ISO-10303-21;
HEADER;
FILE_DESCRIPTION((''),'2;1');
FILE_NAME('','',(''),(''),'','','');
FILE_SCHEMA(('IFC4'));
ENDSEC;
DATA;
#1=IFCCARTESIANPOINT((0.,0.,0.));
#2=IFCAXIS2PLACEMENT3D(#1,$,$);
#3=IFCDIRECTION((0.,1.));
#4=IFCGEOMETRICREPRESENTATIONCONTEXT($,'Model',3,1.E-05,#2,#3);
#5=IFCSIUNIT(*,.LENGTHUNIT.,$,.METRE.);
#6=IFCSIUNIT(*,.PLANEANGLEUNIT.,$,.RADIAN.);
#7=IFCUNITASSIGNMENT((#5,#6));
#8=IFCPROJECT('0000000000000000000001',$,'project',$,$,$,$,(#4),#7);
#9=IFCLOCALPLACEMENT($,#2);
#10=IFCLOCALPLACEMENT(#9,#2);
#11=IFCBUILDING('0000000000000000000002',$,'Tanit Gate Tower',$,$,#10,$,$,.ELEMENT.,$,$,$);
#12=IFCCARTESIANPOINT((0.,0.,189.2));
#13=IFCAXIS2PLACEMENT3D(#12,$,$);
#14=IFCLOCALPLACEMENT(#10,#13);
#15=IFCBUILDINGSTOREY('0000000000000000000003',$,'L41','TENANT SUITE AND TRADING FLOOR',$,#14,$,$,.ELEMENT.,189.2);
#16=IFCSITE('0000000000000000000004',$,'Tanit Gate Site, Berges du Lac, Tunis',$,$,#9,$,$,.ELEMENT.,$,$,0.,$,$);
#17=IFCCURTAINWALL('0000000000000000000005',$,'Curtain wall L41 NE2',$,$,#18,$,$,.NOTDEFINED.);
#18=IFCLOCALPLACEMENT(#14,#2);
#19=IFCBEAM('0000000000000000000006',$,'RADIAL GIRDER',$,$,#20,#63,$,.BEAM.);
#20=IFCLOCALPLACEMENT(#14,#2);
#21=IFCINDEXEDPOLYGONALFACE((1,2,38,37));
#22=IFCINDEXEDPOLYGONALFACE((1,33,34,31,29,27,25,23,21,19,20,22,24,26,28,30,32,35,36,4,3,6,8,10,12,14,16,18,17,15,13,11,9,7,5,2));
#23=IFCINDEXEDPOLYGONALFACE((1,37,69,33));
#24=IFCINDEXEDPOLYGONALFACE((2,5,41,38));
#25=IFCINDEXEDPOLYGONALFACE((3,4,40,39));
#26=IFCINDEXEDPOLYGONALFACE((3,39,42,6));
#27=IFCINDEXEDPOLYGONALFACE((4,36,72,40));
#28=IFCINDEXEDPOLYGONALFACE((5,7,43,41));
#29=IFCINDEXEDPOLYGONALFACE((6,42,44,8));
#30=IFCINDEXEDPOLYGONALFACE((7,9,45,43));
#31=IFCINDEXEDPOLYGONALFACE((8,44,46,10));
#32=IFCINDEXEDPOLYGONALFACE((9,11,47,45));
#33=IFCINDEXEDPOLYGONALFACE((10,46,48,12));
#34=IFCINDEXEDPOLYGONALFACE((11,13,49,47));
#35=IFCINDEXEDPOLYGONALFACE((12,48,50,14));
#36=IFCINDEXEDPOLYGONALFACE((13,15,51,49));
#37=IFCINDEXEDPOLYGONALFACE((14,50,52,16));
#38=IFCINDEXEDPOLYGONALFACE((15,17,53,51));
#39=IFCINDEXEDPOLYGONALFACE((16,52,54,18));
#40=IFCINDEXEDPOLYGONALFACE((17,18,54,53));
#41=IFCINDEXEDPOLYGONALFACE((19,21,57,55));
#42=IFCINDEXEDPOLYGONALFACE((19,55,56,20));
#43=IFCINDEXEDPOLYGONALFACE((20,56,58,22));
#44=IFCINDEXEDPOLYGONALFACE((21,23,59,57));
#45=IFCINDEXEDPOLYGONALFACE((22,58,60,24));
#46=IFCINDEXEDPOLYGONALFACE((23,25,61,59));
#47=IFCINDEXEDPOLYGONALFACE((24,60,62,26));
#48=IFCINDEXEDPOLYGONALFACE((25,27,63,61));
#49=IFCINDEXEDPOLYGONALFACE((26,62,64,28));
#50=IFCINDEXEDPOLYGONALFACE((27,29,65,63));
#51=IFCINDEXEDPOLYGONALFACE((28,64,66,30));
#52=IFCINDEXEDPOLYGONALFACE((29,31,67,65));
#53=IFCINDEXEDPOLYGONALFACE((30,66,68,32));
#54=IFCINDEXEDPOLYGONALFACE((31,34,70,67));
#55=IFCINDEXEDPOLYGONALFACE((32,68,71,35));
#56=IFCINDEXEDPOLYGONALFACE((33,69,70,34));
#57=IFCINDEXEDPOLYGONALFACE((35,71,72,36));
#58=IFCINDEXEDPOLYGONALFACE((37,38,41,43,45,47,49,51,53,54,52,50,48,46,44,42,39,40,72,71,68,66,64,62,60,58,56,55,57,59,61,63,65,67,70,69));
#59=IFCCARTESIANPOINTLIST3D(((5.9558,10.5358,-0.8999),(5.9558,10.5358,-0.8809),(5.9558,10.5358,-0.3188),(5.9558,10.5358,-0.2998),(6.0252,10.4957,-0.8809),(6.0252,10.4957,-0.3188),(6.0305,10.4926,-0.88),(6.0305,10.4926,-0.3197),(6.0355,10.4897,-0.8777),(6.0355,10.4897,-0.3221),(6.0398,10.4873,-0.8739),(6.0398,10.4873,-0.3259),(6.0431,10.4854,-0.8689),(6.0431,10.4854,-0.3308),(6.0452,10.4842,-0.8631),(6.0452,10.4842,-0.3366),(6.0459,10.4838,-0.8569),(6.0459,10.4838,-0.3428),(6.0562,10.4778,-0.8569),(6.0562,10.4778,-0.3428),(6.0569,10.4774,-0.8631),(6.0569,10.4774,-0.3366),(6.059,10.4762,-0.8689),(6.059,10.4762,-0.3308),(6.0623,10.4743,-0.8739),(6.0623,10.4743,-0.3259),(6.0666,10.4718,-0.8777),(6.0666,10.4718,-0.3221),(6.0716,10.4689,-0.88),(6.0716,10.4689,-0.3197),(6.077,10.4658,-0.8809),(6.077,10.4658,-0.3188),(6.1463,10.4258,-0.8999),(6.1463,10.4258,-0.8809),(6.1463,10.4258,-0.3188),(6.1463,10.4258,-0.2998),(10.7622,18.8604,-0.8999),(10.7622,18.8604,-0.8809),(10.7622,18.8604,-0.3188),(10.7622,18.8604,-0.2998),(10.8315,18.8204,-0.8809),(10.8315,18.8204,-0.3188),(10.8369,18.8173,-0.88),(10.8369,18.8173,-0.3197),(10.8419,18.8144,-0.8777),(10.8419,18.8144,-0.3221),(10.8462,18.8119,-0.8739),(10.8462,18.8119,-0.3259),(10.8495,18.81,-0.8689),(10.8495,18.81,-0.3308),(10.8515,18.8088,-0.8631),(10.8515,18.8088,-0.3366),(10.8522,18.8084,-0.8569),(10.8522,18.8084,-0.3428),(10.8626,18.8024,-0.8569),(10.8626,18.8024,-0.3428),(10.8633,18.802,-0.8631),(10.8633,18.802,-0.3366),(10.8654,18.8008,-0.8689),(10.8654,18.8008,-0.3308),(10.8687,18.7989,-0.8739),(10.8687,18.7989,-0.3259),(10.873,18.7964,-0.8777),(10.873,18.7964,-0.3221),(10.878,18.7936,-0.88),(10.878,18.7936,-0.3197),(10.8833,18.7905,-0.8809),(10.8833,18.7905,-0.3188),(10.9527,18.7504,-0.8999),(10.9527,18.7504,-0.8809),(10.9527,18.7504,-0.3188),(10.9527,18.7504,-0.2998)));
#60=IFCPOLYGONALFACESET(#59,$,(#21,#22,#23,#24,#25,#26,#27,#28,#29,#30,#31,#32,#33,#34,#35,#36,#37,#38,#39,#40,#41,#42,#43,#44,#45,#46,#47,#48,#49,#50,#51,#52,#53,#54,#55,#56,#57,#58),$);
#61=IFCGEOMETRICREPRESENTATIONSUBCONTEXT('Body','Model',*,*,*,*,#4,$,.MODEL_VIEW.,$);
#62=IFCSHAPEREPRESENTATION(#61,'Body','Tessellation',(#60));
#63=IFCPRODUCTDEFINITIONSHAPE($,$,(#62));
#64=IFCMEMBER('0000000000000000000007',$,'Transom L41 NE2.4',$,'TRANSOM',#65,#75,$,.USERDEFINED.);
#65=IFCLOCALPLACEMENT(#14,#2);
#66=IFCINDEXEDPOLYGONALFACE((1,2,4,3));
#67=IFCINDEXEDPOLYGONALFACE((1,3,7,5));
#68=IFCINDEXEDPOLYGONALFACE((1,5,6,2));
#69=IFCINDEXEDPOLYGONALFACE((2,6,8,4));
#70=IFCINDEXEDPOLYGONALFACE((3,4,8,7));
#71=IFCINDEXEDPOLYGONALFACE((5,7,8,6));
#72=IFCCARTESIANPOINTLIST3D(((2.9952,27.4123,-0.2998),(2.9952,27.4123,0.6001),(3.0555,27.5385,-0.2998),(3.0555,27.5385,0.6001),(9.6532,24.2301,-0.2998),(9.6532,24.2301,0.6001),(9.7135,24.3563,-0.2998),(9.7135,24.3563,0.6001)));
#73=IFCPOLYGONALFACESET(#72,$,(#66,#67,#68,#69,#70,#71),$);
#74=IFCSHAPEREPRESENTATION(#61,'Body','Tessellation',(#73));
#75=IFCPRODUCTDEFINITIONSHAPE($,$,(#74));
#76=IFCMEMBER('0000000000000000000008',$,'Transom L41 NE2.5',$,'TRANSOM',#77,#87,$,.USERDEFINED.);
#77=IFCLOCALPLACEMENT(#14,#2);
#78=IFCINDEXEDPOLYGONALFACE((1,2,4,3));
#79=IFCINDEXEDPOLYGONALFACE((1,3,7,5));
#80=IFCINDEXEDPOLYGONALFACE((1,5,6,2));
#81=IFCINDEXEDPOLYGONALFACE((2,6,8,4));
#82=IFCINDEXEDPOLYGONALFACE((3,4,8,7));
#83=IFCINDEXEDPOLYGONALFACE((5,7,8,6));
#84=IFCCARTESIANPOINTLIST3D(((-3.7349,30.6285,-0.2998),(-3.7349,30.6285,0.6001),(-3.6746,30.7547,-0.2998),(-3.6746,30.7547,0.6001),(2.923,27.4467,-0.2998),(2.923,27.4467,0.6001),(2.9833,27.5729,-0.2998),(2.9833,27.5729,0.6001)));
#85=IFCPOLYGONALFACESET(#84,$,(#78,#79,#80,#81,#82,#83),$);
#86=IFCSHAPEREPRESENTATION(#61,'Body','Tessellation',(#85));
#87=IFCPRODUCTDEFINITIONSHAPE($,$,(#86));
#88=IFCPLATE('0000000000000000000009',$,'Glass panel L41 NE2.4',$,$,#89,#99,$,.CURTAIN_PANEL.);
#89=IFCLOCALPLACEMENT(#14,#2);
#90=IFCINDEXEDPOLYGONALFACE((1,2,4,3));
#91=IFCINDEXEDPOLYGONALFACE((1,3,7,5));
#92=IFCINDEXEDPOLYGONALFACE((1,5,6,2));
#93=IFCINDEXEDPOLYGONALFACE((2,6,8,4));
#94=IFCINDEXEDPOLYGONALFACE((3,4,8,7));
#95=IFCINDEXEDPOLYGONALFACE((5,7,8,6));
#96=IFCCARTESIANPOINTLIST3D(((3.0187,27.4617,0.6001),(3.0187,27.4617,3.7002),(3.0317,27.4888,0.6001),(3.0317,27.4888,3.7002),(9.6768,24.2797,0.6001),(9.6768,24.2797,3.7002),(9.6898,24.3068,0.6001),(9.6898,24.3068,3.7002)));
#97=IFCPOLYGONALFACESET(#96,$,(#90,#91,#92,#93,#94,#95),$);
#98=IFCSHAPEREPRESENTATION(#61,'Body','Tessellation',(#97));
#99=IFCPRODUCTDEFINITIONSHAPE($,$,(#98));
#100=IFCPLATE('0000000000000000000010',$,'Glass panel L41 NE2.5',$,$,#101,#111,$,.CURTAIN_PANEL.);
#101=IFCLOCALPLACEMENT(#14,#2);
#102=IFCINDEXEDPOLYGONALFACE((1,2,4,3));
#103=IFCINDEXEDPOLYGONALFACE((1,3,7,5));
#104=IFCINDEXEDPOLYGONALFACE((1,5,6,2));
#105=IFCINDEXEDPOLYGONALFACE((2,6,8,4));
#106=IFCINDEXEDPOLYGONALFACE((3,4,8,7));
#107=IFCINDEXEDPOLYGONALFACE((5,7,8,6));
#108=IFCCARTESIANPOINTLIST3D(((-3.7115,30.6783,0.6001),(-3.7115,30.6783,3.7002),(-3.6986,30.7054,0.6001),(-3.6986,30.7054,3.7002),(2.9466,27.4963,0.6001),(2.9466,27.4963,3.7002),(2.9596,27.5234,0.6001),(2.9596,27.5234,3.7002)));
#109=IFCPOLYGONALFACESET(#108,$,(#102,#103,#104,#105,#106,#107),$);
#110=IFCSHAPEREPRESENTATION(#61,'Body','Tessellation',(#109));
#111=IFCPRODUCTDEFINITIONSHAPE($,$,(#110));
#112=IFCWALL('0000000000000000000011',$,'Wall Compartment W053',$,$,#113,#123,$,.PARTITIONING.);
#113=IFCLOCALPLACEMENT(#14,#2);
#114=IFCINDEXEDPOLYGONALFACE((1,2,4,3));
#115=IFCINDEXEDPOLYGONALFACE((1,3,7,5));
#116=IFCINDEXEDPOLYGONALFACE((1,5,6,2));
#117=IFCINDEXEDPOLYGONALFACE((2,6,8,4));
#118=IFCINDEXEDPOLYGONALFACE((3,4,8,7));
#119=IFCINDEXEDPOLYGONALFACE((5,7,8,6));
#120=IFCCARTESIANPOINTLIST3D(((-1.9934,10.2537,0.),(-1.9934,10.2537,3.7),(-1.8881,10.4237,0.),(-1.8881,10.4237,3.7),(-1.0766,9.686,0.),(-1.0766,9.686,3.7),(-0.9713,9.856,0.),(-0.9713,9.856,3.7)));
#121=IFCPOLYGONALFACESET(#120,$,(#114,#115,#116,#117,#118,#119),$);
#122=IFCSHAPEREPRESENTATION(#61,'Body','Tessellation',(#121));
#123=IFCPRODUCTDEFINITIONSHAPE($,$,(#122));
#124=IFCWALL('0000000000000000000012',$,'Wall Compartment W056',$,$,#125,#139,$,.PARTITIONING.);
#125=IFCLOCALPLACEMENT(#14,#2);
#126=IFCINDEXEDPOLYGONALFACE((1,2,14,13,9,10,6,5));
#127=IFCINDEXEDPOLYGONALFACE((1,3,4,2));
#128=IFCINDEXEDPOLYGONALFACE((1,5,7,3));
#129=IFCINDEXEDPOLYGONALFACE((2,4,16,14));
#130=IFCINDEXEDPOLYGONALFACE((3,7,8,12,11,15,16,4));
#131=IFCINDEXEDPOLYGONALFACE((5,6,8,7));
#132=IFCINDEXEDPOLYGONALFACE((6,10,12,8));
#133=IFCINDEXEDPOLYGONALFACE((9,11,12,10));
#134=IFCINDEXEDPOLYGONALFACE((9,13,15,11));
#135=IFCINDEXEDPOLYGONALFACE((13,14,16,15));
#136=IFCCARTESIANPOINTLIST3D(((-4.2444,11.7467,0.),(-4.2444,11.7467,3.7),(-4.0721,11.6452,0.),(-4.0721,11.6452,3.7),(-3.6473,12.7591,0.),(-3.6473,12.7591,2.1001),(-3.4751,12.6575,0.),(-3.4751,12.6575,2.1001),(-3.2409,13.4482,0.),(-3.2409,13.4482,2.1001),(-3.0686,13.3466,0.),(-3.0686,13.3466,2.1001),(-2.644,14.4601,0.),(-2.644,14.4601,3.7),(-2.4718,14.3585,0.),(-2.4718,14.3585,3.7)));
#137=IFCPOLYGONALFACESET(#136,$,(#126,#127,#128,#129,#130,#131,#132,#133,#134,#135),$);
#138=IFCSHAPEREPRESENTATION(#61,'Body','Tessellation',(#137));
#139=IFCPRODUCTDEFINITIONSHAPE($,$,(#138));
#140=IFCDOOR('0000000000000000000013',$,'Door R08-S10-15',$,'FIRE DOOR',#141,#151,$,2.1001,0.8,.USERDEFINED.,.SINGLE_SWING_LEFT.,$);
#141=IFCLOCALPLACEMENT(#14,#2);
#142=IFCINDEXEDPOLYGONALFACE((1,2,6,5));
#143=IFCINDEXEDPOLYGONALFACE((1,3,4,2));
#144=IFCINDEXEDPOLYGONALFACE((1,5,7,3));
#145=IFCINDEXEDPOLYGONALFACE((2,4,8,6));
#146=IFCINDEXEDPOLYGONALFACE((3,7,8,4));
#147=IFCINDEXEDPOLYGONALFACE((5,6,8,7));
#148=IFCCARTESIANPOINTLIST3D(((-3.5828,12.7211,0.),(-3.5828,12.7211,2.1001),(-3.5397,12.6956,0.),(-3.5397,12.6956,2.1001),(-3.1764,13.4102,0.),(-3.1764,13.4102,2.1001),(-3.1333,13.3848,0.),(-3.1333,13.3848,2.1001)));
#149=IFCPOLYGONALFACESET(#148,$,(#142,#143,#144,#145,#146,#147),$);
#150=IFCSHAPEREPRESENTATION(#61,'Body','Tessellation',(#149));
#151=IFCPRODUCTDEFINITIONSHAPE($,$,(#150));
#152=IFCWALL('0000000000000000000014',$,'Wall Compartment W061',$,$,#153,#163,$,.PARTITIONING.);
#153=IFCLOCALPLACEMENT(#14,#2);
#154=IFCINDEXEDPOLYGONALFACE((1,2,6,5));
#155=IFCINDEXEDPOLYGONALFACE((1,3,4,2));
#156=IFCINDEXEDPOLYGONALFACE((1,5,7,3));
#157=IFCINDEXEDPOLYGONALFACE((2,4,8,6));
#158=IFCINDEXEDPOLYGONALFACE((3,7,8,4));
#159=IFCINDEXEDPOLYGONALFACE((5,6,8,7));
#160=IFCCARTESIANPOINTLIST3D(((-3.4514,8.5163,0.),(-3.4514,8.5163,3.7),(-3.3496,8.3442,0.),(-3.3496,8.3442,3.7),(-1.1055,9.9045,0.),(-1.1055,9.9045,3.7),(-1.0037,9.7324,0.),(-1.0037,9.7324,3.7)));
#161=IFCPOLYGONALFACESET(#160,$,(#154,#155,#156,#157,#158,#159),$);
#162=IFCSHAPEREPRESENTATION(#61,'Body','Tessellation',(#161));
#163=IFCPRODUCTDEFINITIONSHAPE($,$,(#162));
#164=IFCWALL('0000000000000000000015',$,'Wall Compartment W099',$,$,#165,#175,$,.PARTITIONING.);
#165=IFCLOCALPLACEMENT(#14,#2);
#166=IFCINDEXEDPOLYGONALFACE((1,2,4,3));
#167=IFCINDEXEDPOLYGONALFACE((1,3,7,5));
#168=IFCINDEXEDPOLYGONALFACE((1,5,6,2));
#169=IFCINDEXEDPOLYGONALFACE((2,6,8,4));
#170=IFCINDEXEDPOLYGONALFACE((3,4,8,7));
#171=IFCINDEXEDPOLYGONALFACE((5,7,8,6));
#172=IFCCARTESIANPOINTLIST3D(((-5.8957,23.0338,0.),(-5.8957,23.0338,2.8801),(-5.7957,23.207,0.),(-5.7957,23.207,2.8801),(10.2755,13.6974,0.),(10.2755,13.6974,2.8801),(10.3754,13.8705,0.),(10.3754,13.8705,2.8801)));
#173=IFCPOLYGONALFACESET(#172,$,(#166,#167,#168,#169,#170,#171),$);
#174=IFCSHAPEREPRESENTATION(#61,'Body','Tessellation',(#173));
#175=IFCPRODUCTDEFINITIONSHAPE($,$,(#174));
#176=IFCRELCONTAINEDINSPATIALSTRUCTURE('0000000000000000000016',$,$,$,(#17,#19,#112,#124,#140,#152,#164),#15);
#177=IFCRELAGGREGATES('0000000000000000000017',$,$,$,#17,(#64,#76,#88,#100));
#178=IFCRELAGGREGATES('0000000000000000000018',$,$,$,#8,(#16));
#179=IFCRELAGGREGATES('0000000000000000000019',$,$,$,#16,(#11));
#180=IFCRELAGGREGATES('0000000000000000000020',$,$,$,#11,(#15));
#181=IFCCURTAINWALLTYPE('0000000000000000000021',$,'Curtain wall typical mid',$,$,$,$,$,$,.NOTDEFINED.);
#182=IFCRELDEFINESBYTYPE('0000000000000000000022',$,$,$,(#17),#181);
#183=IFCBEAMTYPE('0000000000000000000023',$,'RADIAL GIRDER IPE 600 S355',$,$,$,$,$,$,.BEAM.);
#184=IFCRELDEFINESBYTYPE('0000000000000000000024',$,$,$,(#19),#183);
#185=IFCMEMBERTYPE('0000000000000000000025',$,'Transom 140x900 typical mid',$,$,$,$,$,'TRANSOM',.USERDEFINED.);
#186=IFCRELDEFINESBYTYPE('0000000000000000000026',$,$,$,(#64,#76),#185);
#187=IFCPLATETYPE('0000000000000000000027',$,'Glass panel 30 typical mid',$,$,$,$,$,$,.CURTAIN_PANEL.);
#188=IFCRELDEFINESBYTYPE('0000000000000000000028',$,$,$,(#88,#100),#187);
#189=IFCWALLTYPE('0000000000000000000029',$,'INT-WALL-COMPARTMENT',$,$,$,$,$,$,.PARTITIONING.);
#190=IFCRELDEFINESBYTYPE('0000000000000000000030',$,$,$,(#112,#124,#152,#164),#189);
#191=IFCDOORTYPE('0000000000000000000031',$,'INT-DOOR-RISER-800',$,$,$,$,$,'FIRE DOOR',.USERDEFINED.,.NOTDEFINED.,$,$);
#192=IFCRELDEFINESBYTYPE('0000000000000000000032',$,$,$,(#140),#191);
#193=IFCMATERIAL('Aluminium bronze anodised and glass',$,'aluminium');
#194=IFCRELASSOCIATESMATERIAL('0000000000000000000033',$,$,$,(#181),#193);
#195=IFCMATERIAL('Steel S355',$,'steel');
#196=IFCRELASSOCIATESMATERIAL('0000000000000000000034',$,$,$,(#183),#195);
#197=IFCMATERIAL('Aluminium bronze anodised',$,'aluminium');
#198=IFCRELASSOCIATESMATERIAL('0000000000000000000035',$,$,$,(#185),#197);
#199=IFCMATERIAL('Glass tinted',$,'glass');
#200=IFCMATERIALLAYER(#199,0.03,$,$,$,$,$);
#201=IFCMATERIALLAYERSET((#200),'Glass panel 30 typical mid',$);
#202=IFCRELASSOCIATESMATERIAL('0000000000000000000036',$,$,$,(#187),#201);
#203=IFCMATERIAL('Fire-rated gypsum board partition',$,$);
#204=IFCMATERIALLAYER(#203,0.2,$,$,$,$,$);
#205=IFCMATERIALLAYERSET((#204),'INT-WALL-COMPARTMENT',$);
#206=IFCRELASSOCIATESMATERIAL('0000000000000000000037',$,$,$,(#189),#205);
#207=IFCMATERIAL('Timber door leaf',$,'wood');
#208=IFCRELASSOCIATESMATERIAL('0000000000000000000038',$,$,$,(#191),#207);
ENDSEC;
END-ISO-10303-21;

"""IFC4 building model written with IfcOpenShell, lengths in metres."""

from ifc_helpers import new_model, si_unit, direction, frame, frame_2d, origin, origin_2d, place, context, subcontext, project, spatial, rectangle, i_section, extrude, material, layer, layer_set, material_profile, profile_set, type_object, element, fill, aggregate, save


model = new_model("IFC4")

# Units and contexts
model_context = context("Model", 3, precision=1e-05, world=origin(), true_north=direction((0.0, 1.0)))
body_context = subcontext(model_context, "Body", "Model", "MODEL_VIEW")
ifc_project = project(units=[si_unit("LENGTHUNIT", "METRE"), si_unit("PLANEANGLEUNIT", "RADIAN")], contexts=[model_context])

# Site, building, storey
site_placement = place(None, origin())
site = spatial("IfcSite", under=ifc_project, at=site_placement, Name="Tanit Gate Site, Berges du Lac, Tunis", CompositionType="ELEMENT", RefElevation=0.0)
building_placement = place(site_placement, origin())
building = spatial("IfcBuilding", under=site, at=building_placement, Name="Tanit Gate Tower", CompositionType="ELEMENT")
storey_placement = place(building_placement, frame((0.0, 0.0, 189.2)))
storey = spatial("IfcBuildingStorey", under=building, at=storey_placement, Name="L41", Description="TENANT SUITE AND TRADING FLOOR", CompositionType="ELEMENT", Elevation=189.2)

# Curtain wall
ifc_material_1 = material(Name="Aluminium bronze anodised and glass", Category="aluminium")
curtain_wall_type = type_object("IfcCurtainWallType", Name="Curtain wall typical mid", PredefinedType="NOTDEFINED", material=ifc_material_1)
curtain_wall_placement = place(storey_placement, origin())
curtain_wall = element("IfcCurtainWall", 1, at=curtain_wall_placement, inside=storey, type_object=curtain_wall_type, Name="Curtain wall L41 NE2", PredefinedType="NOTDEFINED")

# Beam
ifc_material_2 = material(Name="Steel S355", Category="steel")
ifc_material_profile_1 = material_profile(ifc_material_2, i_section(OverallWidth=0.22, OverallDepth=0.6001, WebThickness=0.012, FlangeThickness=0.019, FilletRadius=0.0239, at=origin_2d()), Name="IPE 600")
ifc_profile_set_1 = profile_set([ifc_material_profile_1], Name="Steel S355")
beam_type_1 = type_object("IfcBeamType", Name="RADIAL GIRDER IPE 600 S355", PredefinedType="BEAM", material=ifc_profile_set_1)
beam_1_placement = place(storey_placement, frame((10.8574, 18.8054, -0.5999), z_axis=(-0.50001, -0.86602, 0.0), x_axis=(0.86602, -0.50001, 0.0)))
element("IfcBeam", 2, at=beam_1_placement, inside=storey, type_object=beam_type_1, Name="RADIAL GIRDER", PredefinedType="BEAM", context=body_context, shape_type="SweptSolid", body=[
    extrude(i_section(OverallWidth=0.22, OverallDepth=0.6001, WebThickness=0.012, FlangeThickness=0.019, FilletRadius=0.0239, at=origin_2d()), origin(), (0.0, 0.0, 1.0), 9.6125),
])

# Members
ifc_material_3 = material(Name="Aluminium bronze anodised", Category="aluminium")
ifc_material_profile_2 = material_profile(ifc_material_3, rectangle(XDim=0.1399, YDim=0.8999, at=origin_2d()), Name="140x900 bronze transom")
ifc_profile_set_2 = profile_set([ifc_material_profile_2], Name="Aluminium bronze anodised")
member_type_1 = type_object("IfcMemberType", Name="Transom 140x900 typical mid", ElementType="TRANSOM", PredefinedType="USERDEFINED", material=ifc_profile_set_2)
member_1_placement = place(storey_placement, frame((9.6833, 24.2932, 0.1501), z_axis=(-0.902246, 0.431223, 0.0), x_axis=(-0.431223, -0.902246, 0.0)))
member_1 = element("IfcMember", 3, at=member_1_placement, type_object=member_type_1, Name="Transom L41 NE2.4", ObjectType="TRANSOM", PredefinedType="USERDEFINED", context=body_context, shape_type="SweptSolid", body=[
    extrude(rectangle(XDim=0.1399, YDim=0.8999, at=origin_2d()), origin(), (0.0, 0.0, 1.0), 7.3794),
])
member_2_placement = place(storey_placement, frame((2.9531, 27.5098, 0.1501), z_axis=(-0.902258, 0.431196, 0.0), x_axis=(-0.431196, -0.902258, 0.0)))
member_2 = element("IfcMember", 4, at=member_2_placement, type_object=member_type_1, Name="Transom L41 NE2.5", ObjectType="TRANSOM", PredefinedType="USERDEFINED", context=body_context, shape_type="SweptSolid", body=[
    extrude(rectangle(XDim=0.1399, YDim=0.8999, at=origin_2d()), origin(), (0.0, 0.0, 1.0), 7.3792),
])

# Plates
ifc_material_4 = material(Name="Glass tinted", Category="glass")
ifc_layer_1 = layer(ifc_material_4, 0.03)
ifc_layer_set_1 = layer_set([ifc_layer_1], Name="Glass panel 30 typical mid")
plate_type = type_object("IfcPlateType", Name="Glass panel 30 typical mid", PredefinedType="CURTAIN_PANEL", material=ifc_layer_set_1)
plate_1_placement = place(storey_placement, frame((6.3542, 25.8843, 0.6001), z_axis=(0.0, 0.0, 1.0), x_axis=(-0.902258, 0.431197, 0.0)))
plate_1 = element("IfcPlate", 5, at=plate_1_placement, type_object=plate_type, Name="Glass panel L41 NE2.4", PredefinedType="CURTAIN_PANEL", context=body_context, shape_type="SweptSolid", body=[
    extrude(rectangle(XDim=7.3794, YDim=0.03, at=origin_2d()), origin(), (0.0, 0.0, 1.0), 3.1001),
])
plate_2_placement = place(storey_placement, frame((-0.376, 29.1008, 0.6001), z_axis=(0.0, 0.0, 1.0), x_axis=(-0.902258, 0.431197, 0.0)))
plate_2 = element("IfcPlate", 6, at=plate_2_placement, type_object=plate_type, Name="Glass panel L41 NE2.5", PredefinedType="CURTAIN_PANEL", context=body_context, shape_type="SweptSolid", body=[
    extrude(rectangle(XDim=7.3794, YDim=0.03, at=origin_2d()), origin(), (0.0, 0.0, 1.0), 3.1001),
])
aggregate(curtain_wall, [member_1, member_2, plate_1, plate_2])

# Wall
ifc_material_5 = material(Name="Fire-rated gypsum board partition")
ifc_layer_2 = layer(ifc_material_5, 0.2)
ifc_layer_set_2 = layer_set([ifc_layer_2], Name="INT-WALL-COMPARTMENT")
wall_type_1 = type_object("IfcWallType", Name="INT-WALL-COMPARTMENT", PredefinedType="PARTITIONING", material=ifc_layer_set_2)
wall_1_placement = place(storey_placement, frame((-1.9407, 10.3386, 0.0), z_axis=(0.0, 0.0, 1.0), x_axis=(0.850217, -0.526433, 0.0)))
element("IfcWall", 7, at=wall_1_placement, inside=storey, type_object=wall_type_1, Name="Wall Compartment W053", PredefinedType="PARTITIONING", context=body_context, shape_type="SweptSolid", body=[
    extrude(rectangle(XDim=1.0784, YDim=0.2, at=frame_2d((0.5391, 0.0))), origin(), (0.0, 0.0, 1.0), 3.7),
])

# Wall, opening, door
wall_2_placement = place(storey_placement, frame((-2.5579, 14.4094, 0.0), z_axis=(0.0, 0.0, 1.0), x_axis=(-0.508019, -0.861346, 0.0)))
wall_2 = element("IfcWall", 8, at=wall_2_placement, inside=storey, type_object=wall_type_1, Name="Wall Compartment W056", PredefinedType="PARTITIONING", context=body_context, shape_type="SweptSolid", body=[
    extrude(rectangle(XDim=3.1501, YDim=0.2, at=frame_2d((1.5752, 0.0))), origin(), (0.0, 0.0, 1.0), 3.7),
])
opening_1_placement = place(wall_2_placement, frame((1.175, 0.0, 0.0)))
opening_1 = element("IfcOpeningElement", 9, at=opening_1_placement, cuts=wall_2, PredefinedType="OPENING", context=body_context, shape_type="SweptSolid", body=[
    extrude(rectangle(XDim=0.8, YDim=2.1001, at=frame_2d((0.3999, 1.05))), frame((0.0, 0.1099, 0.0), z_axis=(0.0, -1.0, 0.0), x_axis=(1.0, 0.0, 0.0)), (0.0, 0.0, 1.0), 0.22),
])
ifc_material_6 = material(Name="Timber door leaf", Category="wood")
door_type_1 = type_object("IfcDoorType", Name="INT-DOOR-RISER-800", ElementType="FIRE DOOR", OperationType="NOTDEFINED", PredefinedType="USERDEFINED", material=ifc_material_6)
door_1_placement = place(opening_1_placement, origin())
door_1 = element("IfcDoor", 10, at=door_1_placement, inside=storey, type_object=door_type_1, Name="Door R08-S10-15", ObjectType="FIRE DOOR", OperationType="SINGLE_SWING_LEFT", OverallHeight=2.1001, OverallWidth=0.8, PredefinedType="USERDEFINED", context=body_context, shape_type="SweptSolid", body=[
    extrude(rectangle(XDim=0.8, YDim=2.1001, at=frame_2d((0.3999, 1.05))), frame((0.0, 0.0249, 0.0), z_axis=(0.0, -1.0, 0.0), x_axis=(1.0, 0.0, 0.0)), (0.0, 0.0, 1.0), 0.05),
])
fill(opening_1, door_1)

# Walls
wall_3_placement = place(storey_placement, frame((-1.0547, 9.8184, 0.0), z_axis=(0.0, 0.0, 1.0), x_axis=(-0.860614, -0.509257, 0.0)))
element("IfcWall", 11, at=wall_3_placement, inside=storey, type_object=wall_type_1, Name="Wall Compartment W061", PredefinedType="PARTITIONING", context=body_context, shape_type="SweptSolid", body=[
    extrude(rectangle(XDim=2.7258, YDim=0.2, at=frame_2d((1.3628, 0.0))), origin(), (0.0, 0.0, 1.0), 3.7),
])
wall_4_placement = place(storey_placement, frame((10.3254, 13.7839, 0.0), z_axis=(0.0, 0.0, 1.0), x_axis=(-0.866025, 0.5, 0.0)))
element("IfcWall", 12, at=wall_4_placement, inside=storey, type_object=wall_type_1, Name="Wall Compartment W099", PredefinedType="PARTITIONING", context=body_context, shape_type="SweptSolid", body=[
    extrude(rectangle(XDim=18.6729, YDim=0.2, at=frame_2d((9.3364, 0.0))), origin(), (0.0, 0.0, 1.0), 2.8801),
])

save(model, "model.ifc")
